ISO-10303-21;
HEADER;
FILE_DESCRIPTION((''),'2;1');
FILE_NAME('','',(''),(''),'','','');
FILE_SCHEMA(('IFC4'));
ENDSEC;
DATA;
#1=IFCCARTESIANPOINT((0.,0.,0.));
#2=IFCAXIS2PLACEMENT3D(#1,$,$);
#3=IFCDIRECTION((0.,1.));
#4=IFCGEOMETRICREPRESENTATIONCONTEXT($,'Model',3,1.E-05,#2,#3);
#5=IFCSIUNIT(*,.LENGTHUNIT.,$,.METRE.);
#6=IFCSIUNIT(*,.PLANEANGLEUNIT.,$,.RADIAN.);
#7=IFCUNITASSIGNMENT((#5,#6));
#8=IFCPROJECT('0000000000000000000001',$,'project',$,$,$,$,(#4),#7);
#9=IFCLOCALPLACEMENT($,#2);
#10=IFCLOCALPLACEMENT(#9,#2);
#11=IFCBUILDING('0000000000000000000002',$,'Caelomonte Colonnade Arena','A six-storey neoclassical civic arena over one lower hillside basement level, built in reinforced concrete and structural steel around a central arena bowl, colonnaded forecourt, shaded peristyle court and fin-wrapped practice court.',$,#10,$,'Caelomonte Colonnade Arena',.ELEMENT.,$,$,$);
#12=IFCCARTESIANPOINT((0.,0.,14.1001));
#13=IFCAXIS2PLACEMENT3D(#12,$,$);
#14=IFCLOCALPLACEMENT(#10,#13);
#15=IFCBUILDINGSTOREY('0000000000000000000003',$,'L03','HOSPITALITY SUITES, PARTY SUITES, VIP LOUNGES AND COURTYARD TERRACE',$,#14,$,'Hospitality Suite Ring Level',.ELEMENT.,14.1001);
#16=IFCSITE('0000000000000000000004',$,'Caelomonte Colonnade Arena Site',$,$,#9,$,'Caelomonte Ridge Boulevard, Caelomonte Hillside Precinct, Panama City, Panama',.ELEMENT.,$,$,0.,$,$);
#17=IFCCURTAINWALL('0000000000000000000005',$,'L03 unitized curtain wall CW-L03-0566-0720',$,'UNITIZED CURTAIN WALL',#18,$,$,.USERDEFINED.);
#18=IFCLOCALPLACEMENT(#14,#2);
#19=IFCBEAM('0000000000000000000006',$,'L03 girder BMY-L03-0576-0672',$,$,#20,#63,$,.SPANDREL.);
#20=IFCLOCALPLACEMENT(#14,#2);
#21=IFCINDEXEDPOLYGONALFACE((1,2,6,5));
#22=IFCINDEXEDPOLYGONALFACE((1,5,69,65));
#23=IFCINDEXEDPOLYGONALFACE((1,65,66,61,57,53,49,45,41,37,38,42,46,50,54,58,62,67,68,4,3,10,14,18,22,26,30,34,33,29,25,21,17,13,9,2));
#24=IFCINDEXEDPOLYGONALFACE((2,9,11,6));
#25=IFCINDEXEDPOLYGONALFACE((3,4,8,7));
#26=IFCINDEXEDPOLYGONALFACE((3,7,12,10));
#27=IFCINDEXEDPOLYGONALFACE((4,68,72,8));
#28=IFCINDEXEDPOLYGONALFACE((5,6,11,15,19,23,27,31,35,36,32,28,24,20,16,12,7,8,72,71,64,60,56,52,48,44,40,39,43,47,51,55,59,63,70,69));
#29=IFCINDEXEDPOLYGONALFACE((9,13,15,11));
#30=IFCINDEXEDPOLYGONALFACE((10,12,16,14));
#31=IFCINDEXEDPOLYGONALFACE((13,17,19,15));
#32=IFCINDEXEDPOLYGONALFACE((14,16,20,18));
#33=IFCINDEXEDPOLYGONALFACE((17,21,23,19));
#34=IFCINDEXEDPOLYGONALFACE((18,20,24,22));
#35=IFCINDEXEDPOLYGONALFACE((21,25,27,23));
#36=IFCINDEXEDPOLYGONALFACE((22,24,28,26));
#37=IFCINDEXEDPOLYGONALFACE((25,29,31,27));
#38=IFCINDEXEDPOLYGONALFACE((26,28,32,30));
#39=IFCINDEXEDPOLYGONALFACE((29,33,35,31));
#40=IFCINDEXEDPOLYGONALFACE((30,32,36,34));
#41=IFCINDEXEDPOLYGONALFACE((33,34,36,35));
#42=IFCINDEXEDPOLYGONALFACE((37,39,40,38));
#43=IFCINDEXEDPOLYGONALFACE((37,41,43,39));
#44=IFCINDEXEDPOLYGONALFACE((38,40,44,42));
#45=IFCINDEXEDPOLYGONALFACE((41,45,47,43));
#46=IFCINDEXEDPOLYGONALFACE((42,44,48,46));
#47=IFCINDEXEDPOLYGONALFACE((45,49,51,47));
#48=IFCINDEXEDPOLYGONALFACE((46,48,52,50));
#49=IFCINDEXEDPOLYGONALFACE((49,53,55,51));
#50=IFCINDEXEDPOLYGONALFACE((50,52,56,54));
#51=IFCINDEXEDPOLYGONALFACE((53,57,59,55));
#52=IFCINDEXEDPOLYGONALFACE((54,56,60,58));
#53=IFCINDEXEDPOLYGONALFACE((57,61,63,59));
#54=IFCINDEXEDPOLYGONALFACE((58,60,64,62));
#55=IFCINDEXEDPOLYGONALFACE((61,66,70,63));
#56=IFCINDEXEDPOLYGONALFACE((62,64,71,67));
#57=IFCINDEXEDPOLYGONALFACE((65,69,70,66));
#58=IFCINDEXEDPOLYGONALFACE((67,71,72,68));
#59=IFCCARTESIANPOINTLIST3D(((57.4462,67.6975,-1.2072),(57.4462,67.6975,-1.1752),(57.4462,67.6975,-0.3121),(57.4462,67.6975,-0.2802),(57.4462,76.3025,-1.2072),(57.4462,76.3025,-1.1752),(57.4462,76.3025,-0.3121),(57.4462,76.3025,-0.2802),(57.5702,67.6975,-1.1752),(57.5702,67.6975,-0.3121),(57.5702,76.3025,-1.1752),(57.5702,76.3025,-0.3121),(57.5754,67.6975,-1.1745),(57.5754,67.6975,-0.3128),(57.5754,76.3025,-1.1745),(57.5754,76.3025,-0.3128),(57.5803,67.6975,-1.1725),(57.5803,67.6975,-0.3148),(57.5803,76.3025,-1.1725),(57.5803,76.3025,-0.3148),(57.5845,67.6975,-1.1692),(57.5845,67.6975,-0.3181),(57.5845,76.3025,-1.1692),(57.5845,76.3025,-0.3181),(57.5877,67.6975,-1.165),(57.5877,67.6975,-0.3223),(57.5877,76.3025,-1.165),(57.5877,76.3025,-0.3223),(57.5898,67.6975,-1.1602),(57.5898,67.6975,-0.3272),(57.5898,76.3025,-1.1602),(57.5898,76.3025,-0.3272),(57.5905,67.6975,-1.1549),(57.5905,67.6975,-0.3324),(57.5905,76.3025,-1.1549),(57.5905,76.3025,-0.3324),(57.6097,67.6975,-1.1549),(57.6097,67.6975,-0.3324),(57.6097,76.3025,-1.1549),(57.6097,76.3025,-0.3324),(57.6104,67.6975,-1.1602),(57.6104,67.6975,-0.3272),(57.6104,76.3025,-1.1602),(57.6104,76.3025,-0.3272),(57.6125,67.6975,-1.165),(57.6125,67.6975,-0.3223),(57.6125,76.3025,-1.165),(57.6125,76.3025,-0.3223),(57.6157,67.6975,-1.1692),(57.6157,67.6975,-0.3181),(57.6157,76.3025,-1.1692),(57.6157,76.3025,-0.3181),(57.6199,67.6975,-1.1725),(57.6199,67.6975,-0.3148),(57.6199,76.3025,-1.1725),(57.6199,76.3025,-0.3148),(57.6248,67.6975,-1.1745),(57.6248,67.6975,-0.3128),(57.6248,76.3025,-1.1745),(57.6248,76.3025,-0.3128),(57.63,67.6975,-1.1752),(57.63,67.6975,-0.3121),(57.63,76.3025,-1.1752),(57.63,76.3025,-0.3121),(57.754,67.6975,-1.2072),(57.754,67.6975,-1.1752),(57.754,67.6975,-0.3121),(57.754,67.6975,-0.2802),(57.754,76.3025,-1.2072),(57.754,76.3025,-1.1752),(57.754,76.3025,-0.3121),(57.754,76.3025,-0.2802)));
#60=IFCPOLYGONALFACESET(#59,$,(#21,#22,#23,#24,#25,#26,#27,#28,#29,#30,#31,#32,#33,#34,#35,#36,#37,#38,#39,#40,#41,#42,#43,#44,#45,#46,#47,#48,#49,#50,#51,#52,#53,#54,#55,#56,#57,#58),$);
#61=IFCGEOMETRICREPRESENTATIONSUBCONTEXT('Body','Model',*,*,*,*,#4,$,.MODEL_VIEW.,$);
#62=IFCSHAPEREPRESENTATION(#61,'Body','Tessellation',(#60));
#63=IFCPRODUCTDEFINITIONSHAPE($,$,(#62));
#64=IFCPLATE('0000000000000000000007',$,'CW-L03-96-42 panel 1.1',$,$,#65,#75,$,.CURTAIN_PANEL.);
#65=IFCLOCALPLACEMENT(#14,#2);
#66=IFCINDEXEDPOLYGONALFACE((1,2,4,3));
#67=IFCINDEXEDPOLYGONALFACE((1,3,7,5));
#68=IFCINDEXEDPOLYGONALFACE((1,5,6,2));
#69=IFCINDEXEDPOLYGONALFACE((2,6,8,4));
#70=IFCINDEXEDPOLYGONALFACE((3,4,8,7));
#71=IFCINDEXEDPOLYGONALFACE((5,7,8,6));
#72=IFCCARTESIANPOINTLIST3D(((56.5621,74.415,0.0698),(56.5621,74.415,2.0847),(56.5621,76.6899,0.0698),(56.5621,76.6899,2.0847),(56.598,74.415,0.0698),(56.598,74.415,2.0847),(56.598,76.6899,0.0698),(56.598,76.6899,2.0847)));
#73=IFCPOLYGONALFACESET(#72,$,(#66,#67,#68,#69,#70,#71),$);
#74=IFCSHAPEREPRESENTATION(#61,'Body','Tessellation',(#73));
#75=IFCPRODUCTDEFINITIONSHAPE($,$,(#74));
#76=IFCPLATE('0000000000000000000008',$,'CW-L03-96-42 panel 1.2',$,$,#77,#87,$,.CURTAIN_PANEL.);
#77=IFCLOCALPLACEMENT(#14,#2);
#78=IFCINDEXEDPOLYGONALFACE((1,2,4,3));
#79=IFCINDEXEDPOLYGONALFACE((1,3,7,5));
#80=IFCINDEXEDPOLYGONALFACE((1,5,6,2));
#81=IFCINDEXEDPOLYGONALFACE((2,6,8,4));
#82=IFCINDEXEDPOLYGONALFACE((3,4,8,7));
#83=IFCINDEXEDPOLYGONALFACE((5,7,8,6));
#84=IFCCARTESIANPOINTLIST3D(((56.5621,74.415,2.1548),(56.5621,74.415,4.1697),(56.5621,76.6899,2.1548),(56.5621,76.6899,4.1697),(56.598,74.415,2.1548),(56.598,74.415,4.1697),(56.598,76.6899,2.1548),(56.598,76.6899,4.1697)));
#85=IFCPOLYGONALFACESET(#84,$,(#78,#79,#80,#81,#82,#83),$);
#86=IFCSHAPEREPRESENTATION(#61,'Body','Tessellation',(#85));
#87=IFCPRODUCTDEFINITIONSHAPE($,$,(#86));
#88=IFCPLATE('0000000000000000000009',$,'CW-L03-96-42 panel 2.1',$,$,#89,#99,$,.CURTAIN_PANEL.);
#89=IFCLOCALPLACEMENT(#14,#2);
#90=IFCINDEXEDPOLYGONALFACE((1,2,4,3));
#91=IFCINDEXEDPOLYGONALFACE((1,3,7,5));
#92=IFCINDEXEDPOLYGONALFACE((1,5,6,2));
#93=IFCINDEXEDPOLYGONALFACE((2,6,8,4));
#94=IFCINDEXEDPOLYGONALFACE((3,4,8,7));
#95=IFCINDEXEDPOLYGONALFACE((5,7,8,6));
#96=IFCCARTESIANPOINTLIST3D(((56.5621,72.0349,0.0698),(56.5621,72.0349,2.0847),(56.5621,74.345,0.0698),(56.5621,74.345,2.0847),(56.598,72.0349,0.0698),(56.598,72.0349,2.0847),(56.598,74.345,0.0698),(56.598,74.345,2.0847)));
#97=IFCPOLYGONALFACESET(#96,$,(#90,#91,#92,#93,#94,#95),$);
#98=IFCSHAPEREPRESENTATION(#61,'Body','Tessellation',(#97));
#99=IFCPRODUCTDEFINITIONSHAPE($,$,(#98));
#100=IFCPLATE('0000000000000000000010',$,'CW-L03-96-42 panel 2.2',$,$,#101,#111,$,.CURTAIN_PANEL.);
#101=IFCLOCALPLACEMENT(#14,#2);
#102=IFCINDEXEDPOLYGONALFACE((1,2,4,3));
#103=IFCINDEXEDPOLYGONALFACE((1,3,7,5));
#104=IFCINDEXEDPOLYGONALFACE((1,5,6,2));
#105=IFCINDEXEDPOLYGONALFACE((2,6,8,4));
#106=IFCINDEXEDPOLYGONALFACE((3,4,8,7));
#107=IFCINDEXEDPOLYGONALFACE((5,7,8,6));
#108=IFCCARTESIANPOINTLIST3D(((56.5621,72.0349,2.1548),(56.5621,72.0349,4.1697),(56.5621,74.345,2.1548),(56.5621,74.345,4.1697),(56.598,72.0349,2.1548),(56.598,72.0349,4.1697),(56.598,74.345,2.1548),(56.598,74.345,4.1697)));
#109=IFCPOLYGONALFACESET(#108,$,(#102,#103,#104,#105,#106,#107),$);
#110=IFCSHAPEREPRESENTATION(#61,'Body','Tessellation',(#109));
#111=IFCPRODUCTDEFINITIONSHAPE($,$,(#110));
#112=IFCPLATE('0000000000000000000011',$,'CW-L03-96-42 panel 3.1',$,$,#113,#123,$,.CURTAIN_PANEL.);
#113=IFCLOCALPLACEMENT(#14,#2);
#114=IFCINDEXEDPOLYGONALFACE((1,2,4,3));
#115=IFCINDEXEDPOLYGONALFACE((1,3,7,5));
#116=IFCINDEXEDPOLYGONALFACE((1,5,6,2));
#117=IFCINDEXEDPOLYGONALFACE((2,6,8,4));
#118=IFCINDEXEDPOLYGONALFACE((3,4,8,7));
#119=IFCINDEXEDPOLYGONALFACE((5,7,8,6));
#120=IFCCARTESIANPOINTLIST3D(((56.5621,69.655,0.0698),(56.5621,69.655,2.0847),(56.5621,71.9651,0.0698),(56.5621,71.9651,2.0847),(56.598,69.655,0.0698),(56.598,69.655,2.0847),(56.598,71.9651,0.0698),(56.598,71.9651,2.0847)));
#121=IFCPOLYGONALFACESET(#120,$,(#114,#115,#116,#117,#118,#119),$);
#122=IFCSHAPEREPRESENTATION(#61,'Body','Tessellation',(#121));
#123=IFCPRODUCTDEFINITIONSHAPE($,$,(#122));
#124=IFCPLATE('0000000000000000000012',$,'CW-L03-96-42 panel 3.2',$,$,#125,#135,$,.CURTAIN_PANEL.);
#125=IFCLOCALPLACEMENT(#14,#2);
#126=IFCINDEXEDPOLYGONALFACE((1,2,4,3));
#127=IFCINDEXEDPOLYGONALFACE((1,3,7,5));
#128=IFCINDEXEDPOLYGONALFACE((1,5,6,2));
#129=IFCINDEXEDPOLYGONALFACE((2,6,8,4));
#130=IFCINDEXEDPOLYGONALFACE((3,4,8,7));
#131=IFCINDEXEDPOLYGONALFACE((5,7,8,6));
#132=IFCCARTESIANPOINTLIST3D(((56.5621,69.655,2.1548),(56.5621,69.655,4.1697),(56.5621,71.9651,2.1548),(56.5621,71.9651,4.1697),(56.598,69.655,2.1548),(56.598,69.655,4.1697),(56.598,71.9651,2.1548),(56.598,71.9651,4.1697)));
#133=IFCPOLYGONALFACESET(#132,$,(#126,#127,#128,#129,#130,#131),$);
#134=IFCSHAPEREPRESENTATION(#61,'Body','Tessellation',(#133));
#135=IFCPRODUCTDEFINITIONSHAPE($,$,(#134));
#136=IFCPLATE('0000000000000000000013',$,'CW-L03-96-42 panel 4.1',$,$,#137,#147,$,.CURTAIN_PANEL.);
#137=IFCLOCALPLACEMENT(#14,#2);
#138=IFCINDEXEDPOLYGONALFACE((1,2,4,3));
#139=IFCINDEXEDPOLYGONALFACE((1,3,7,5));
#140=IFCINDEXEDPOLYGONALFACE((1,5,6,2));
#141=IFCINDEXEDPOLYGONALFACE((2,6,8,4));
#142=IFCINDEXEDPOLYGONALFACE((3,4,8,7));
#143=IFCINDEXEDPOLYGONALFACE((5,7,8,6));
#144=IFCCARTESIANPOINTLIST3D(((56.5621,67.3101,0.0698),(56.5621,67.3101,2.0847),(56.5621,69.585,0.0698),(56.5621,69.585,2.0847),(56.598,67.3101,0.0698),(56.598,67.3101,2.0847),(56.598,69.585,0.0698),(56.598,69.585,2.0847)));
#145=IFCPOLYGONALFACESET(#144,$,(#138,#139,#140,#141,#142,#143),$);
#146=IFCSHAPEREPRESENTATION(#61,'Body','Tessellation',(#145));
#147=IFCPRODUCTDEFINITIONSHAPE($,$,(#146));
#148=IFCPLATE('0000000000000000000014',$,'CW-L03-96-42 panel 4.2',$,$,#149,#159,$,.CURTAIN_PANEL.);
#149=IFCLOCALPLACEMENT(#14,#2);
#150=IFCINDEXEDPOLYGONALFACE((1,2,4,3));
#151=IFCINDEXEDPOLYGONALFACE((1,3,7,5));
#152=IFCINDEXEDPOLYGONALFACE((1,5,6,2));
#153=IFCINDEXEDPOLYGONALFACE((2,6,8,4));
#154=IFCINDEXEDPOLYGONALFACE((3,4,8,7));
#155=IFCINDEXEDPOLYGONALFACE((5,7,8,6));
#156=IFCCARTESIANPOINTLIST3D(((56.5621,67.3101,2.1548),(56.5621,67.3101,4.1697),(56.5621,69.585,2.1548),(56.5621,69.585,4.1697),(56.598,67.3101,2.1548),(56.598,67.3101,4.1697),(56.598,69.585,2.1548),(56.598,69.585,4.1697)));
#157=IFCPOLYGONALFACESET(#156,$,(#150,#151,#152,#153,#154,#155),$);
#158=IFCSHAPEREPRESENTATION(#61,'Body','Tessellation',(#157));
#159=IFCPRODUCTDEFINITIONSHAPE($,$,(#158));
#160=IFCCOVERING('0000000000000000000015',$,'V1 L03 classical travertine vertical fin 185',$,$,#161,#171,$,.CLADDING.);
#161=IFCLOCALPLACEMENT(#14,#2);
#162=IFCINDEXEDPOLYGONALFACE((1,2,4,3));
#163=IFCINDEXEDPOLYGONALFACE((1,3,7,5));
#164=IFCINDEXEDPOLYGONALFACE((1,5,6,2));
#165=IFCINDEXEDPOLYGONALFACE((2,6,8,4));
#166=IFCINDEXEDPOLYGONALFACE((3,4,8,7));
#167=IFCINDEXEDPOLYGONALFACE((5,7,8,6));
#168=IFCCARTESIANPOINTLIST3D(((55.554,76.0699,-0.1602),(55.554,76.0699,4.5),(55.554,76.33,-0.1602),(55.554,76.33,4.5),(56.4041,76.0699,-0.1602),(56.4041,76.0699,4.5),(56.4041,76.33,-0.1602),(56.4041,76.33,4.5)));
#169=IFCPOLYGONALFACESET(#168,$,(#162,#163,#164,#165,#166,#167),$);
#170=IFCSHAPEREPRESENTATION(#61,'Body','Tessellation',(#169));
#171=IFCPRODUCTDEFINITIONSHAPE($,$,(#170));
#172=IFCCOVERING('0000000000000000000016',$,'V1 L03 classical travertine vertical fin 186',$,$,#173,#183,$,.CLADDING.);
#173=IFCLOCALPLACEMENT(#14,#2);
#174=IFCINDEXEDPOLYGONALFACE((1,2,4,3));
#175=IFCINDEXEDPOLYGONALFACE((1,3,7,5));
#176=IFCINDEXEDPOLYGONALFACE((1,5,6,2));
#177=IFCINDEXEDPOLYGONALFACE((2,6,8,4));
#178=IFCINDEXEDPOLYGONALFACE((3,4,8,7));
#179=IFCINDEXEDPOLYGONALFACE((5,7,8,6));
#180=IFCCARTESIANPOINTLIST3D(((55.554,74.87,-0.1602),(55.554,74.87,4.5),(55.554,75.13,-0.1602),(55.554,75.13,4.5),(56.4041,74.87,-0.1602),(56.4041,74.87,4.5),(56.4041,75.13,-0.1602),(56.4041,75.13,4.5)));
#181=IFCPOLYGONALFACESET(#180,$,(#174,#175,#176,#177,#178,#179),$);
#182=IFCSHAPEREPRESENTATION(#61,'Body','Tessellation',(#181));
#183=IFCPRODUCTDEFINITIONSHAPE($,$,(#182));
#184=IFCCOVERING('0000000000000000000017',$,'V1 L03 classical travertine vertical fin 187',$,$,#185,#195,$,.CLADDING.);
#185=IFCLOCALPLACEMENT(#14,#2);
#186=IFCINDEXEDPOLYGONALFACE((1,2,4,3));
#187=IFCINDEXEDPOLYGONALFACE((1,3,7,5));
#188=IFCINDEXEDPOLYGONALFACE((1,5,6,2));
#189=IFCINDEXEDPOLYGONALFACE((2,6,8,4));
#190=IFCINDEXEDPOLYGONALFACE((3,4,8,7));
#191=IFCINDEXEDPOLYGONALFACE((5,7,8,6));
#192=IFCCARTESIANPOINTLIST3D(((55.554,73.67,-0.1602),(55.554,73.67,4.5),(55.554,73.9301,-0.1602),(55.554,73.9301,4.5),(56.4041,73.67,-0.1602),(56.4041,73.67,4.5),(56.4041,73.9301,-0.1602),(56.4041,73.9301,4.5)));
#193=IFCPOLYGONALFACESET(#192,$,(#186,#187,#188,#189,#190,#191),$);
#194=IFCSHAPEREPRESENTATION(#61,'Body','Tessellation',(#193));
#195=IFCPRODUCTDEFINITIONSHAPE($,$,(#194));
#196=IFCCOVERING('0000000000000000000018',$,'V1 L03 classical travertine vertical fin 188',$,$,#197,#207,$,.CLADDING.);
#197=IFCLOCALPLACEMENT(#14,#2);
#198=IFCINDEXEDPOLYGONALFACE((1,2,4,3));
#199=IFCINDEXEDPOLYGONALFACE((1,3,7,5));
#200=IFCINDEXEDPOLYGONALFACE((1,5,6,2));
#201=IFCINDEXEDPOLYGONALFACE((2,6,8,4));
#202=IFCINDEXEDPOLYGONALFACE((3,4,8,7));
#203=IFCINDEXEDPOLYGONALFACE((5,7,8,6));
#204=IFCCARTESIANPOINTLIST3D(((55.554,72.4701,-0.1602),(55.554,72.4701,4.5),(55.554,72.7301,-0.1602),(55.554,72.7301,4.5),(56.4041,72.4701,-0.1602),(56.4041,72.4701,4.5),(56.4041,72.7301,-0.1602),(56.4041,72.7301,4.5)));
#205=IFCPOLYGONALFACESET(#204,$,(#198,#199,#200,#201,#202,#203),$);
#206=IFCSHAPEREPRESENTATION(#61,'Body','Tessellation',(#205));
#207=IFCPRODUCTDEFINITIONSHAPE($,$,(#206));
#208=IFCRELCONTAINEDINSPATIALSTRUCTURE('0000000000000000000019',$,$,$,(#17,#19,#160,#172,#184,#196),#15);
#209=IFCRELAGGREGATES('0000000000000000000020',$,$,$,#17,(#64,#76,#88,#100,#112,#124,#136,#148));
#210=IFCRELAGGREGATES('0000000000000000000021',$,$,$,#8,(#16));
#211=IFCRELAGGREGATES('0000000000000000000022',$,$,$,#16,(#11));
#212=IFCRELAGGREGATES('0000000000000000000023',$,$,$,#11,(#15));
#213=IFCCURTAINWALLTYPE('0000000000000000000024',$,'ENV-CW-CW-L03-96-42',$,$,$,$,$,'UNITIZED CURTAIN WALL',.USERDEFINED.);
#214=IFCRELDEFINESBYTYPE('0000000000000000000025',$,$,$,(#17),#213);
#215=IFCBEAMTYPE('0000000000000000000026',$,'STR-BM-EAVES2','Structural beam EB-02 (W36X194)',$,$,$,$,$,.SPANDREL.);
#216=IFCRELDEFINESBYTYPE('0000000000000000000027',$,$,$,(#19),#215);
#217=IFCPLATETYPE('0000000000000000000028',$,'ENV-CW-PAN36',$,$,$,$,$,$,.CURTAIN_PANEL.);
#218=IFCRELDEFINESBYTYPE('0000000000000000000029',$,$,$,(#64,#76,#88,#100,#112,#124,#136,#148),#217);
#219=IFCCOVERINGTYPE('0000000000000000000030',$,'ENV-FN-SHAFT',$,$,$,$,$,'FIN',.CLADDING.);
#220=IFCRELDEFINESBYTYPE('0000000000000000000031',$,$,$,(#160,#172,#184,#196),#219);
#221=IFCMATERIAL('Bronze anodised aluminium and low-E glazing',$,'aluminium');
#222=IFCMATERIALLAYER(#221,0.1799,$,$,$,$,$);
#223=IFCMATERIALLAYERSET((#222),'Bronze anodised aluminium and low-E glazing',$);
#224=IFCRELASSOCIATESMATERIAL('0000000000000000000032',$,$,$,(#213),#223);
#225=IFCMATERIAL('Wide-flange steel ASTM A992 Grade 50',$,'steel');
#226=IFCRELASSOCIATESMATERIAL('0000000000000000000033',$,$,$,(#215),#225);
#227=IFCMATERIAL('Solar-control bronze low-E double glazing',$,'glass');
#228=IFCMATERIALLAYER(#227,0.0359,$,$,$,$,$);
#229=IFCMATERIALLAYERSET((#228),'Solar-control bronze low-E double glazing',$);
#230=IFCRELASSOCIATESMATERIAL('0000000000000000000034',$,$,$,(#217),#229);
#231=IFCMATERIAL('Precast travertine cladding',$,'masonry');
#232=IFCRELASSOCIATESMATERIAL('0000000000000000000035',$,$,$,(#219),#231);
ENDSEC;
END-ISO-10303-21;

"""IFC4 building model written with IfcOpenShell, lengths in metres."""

from ifc_helpers import new_model, si_unit, direction, frame, origin, origin_2d, place, context, subcontext, project, spatial, rectangle, i_section, extrude, material, layer, layer_set, material_profile, profile_set, type_object, element, aggregate, save


model = new_model("IFC4")

# Units and contexts
model_context = context("Model", 3, precision=1e-05, world=origin(), true_north=direction((0.0, 1.0)))
body_context = subcontext(model_context, "Body", "Model", "MODEL_VIEW")
ifc_project = project(units=[si_unit("LENGTHUNIT", "METRE"), si_unit("PLANEANGLEUNIT", "RADIAN")], contexts=[model_context])

# Site, building, storey
site_placement = place(None, origin())
site = spatial("IfcSite", under=ifc_project, at=site_placement, Name="Caelomonte Colonnade Arena Site", LongName="Caelomonte Ridge Boulevard, Caelomonte Hillside Precinct, Panama City, Panama", CompositionType="ELEMENT", RefElevation=0.0)
building_placement = place(site_placement, origin())
building = spatial("IfcBuilding", under=site, at=building_placement, Name="Caelomonte Colonnade Arena", Description="A six-storey neoclassical civic arena over one lower hillside basement level, built in reinforced concrete and structural steel around a central arena bowl, colonnaded forecourt, shaded peristyle court and fin-wrapped practice court.", LongName="Caelomonte Colonnade Arena", CompositionType="ELEMENT")
storey_placement = place(building_placement, frame((0.0, 0.0, 14.1001)))
storey = spatial("IfcBuildingStorey", under=building, at=storey_placement, Name="L03", Description="HOSPITALITY SUITES, PARTY SUITES, VIP LOUNGES AND COURTYARD TERRACE", LongName="Hospitality Suite Ring Level", CompositionType="ELEMENT", Elevation=14.1001)

# Curtain wall
ifc_material_1 = material(Name="Bronze anodised aluminium and low-E glazing", Category="aluminium")
ifc_layer_1 = layer(ifc_material_1, 0.1799)
ifc_layer_set_1 = layer_set([ifc_layer_1], Name="Bronze anodised aluminium and low-E glazing")
curtain_wall_type = type_object("IfcCurtainWallType", Name="ENV-CW-CW-L03-96-42", ElementType="UNITIZED CURTAIN WALL", PredefinedType="USERDEFINED", material=ifc_layer_set_1)
curtain_wall_placement = place(storey_placement, origin())
curtain_wall = element("IfcCurtainWall", 1, at=curtain_wall_placement, inside=storey, type_object=curtain_wall_type, Name="L03 unitized curtain wall CW-L03-0566-0720", ObjectType="UNITIZED CURTAIN WALL", PredefinedType="USERDEFINED")

# Beam
ifc_material_2 = material(Name="Wide-flange steel ASTM A992 Grade 50", Category="steel")
ifc_material_profile_1 = material_profile(ifc_material_2, i_section(OverallWidth=0.3079, OverallDepth=0.927, WebThickness=0.0193, FlangeThickness=0.032, FilletRadius=0.0203, at=origin_2d()), Name="W36X194")
ifc_profile_set_1 = profile_set([ifc_material_profile_1], Name="Wide-flange steel ASTM A992 Grade 50")
beam_type = type_object("IfcBeamType", Name="STR-BM-EAVES2", Description="Structural beam EB-02 (W36X194)", PredefinedType="SPANDREL", material=ifc_profile_set_1)
beam_placement = place(storey_placement, frame((57.6001, 67.6975, -0.7437), z_axis=(0.0, 1.0, 0.0), x_axis=(-1.0, 0.0, 0.0)))
element("IfcBeam", 2, at=beam_placement, inside=storey, type_object=beam_type, Name="L03 girder BMY-L03-0576-0672", PredefinedType="SPANDREL", context=body_context, shape_type="SweptSolid", body=[
    extrude(i_section(OverallWidth=0.3079, OverallDepth=0.927, WebThickness=0.0193, FlangeThickness=0.032, FilletRadius=0.0203, at=origin_2d()), origin(), (0.0, 0.0, 1.0), 8.605),
])

# Plates
ifc_material_3 = material(Name="Solar-control bronze low-E double glazing", Category="glass")
ifc_layer_2 = layer(ifc_material_3, 0.0359)
ifc_layer_set_2 = layer_set([ifc_layer_2], Name="Solar-control bronze low-E double glazing")
plate_type = type_object("IfcPlateType", Name="ENV-CW-PAN36", PredefinedType="CURTAIN_PANEL", material=ifc_layer_set_2)
plate_1_placement = place(storey_placement, frame((56.5801, 75.5525, 0.0698), z_axis=(0.0, 0.0, 1.0), x_axis=(0.0, -1.0, 0.0)))
plate_1 = element("IfcPlate", 3, at=plate_1_placement, type_object=plate_type, Name="CW-L03-96-42 panel 1.1", PredefinedType="CURTAIN_PANEL", context=body_context, shape_type="SweptSolid", body=[
    extrude(rectangle(XDim=2.2749, YDim=0.0359, at=origin_2d()), origin(), (0.0, 0.0, 1.0), 2.0149),
])
plate_2_placement = place(storey_placement, frame((56.5801, 75.5525, 2.1548), z_axis=(0.0, 0.0, 1.0), x_axis=(0.0, -1.0, 0.0)))
plate_2 = element("IfcPlate", 4, at=plate_2_placement, type_object=plate_type, Name="CW-L03-96-42 panel 1.2", PredefinedType="CURTAIN_PANEL", context=body_context, shape_type="SweptSolid", body=[
    extrude(rectangle(XDim=2.2749, YDim=0.0359, at=origin_2d()), origin(), (0.0, 0.0, 1.0), 2.0149),
])
plate_3_placement = place(storey_placement, frame((56.5801, 73.1899, 0.0698), z_axis=(0.0, 0.0, 1.0), x_axis=(0.0, -1.0, 0.0)))
plate_3 = element("IfcPlate", 5, at=plate_3_placement, type_object=plate_type, Name="CW-L03-96-42 panel 2.1", PredefinedType="CURTAIN_PANEL", context=body_context, shape_type="SweptSolid", body=[
    extrude(rectangle(XDim=2.3101, YDim=0.0359, at=origin_2d()), origin(), (0.0, 0.0, 1.0), 2.0149),
])
plate_4_placement = place(storey_placement, frame((56.5801, 73.1899, 2.1548), z_axis=(0.0, 0.0, 1.0), x_axis=(0.0, -1.0, 0.0)))
plate_4 = element("IfcPlate", 6, at=plate_4_placement, type_object=plate_type, Name="CW-L03-96-42 panel 2.2", PredefinedType="CURTAIN_PANEL", context=body_context, shape_type="SweptSolid", body=[
    extrude(rectangle(XDim=2.3101, YDim=0.0359, at=origin_2d()), origin(), (0.0, 0.0, 1.0), 2.0149),
])
plate_5_placement = place(storey_placement, frame((56.5801, 70.8101, 0.0698), z_axis=(0.0, 0.0, 1.0), x_axis=(0.0, -1.0, 0.0)))
plate_5 = element("IfcPlate", 7, at=plate_5_placement, type_object=plate_type, Name="CW-L03-96-42 panel 3.1", PredefinedType="CURTAIN_PANEL", context=body_context, shape_type="SweptSolid", body=[
    extrude(rectangle(XDim=2.3101, YDim=0.0359, at=origin_2d()), origin(), (0.0, 0.0, 1.0), 2.0149),
])
plate_6_placement = place(storey_placement, frame((56.5801, 70.8101, 2.1548), z_axis=(0.0, 0.0, 1.0), x_axis=(0.0, -1.0, 0.0)))
plate_6 = element("IfcPlate", 8, at=plate_6_placement, type_object=plate_type, Name="CW-L03-96-42 panel 3.2", PredefinedType="CURTAIN_PANEL", context=body_context, shape_type="SweptSolid", body=[
    extrude(rectangle(XDim=2.3101, YDim=0.0359, at=origin_2d()), origin(), (0.0, 0.0, 1.0), 2.0149),
])
plate_7_placement = place(storey_placement, frame((56.5801, 68.4475, 0.0698), z_axis=(0.0, 0.0, 1.0), x_axis=(0.0, -1.0, 0.0)))
plate_7 = element("IfcPlate", 9, at=plate_7_placement, type_object=plate_type, Name="CW-L03-96-42 panel 4.1", PredefinedType="CURTAIN_PANEL", context=body_context, shape_type="SweptSolid", body=[
    extrude(rectangle(XDim=2.2749, YDim=0.0359, at=origin_2d()), origin(), (0.0, 0.0, 1.0), 2.0149),
])
plate_8_placement = place(storey_placement, frame((56.5801, 68.4475, 2.1548), z_axis=(0.0, 0.0, 1.0), x_axis=(0.0, -1.0, 0.0)))
plate_8 = element("IfcPlate", 10, at=plate_8_placement, type_object=plate_type, Name="CW-L03-96-42 panel 4.2", PredefinedType="CURTAIN_PANEL", context=body_context, shape_type="SweptSolid", body=[
    extrude(rectangle(XDim=2.2749, YDim=0.0359, at=origin_2d()), origin(), (0.0, 0.0, 1.0), 2.0149),
])
aggregate(curtain_wall, [plate_1, plate_2, plate_3, plate_4, plate_5, plate_6, plate_7, plate_8])

# Coverings
ifc_material_4 = material(Name="Precast travertine cladding", Category="masonry")
ifc_material_profile_2 = material_profile(ifc_material_4, rectangle(XDim=0.26, YDim=0.8501, at=origin_2d()), Name="FIN260X850")
ifc_profile_set_2 = profile_set([ifc_material_profile_2], Name="Precast travertine cladding")
covering_type = type_object("IfcCoveringType", Name="ENV-FN-SHAFT", ElementType="FIN", PredefinedType="CLADDING", material=ifc_profile_set_2)
for number, where, z_axis, x_axis, name in (
    (11, (55.979, 76.2, -0.1602), (0.0, 0.0, 1.0), (0.0, 1.0, 0.0), "V1 L03 classical travertine vertical fin 185"),
    (12, (55.979, 75.0, -0.1602), (0.0, 0.0, 1.0), (0.0, 1.0, 0.0), "V1 L03 classical travertine vertical fin 186"),
    (13, (55.979, 73.8, -0.1602), (0.0, 0.0, 1.0), (0.0, 1.0, 0.0), "V1 L03 classical travertine vertical fin 187"),
    (14, (55.979, 72.6001, -0.1602), (0.0, 0.0, 1.0), (0.0, 1.0, 0.0), "V1 L03 classical travertine vertical fin 188"),
):
    element("IfcCovering", number, at=place(storey_placement, frame(where, z_axis=z_axis, x_axis=x_axis)), inside=storey, type_object=covering_type, Name=name, PredefinedType="CLADDING", context=body_context, shape_type="SweptSolid", body=[
        extrude(rectangle(XDim=0.26, YDim=0.8501, at=origin_2d()), origin(), (0.0, 0.0, 1.0), 4.6602),
    ])

save(model, "model.ifc")
